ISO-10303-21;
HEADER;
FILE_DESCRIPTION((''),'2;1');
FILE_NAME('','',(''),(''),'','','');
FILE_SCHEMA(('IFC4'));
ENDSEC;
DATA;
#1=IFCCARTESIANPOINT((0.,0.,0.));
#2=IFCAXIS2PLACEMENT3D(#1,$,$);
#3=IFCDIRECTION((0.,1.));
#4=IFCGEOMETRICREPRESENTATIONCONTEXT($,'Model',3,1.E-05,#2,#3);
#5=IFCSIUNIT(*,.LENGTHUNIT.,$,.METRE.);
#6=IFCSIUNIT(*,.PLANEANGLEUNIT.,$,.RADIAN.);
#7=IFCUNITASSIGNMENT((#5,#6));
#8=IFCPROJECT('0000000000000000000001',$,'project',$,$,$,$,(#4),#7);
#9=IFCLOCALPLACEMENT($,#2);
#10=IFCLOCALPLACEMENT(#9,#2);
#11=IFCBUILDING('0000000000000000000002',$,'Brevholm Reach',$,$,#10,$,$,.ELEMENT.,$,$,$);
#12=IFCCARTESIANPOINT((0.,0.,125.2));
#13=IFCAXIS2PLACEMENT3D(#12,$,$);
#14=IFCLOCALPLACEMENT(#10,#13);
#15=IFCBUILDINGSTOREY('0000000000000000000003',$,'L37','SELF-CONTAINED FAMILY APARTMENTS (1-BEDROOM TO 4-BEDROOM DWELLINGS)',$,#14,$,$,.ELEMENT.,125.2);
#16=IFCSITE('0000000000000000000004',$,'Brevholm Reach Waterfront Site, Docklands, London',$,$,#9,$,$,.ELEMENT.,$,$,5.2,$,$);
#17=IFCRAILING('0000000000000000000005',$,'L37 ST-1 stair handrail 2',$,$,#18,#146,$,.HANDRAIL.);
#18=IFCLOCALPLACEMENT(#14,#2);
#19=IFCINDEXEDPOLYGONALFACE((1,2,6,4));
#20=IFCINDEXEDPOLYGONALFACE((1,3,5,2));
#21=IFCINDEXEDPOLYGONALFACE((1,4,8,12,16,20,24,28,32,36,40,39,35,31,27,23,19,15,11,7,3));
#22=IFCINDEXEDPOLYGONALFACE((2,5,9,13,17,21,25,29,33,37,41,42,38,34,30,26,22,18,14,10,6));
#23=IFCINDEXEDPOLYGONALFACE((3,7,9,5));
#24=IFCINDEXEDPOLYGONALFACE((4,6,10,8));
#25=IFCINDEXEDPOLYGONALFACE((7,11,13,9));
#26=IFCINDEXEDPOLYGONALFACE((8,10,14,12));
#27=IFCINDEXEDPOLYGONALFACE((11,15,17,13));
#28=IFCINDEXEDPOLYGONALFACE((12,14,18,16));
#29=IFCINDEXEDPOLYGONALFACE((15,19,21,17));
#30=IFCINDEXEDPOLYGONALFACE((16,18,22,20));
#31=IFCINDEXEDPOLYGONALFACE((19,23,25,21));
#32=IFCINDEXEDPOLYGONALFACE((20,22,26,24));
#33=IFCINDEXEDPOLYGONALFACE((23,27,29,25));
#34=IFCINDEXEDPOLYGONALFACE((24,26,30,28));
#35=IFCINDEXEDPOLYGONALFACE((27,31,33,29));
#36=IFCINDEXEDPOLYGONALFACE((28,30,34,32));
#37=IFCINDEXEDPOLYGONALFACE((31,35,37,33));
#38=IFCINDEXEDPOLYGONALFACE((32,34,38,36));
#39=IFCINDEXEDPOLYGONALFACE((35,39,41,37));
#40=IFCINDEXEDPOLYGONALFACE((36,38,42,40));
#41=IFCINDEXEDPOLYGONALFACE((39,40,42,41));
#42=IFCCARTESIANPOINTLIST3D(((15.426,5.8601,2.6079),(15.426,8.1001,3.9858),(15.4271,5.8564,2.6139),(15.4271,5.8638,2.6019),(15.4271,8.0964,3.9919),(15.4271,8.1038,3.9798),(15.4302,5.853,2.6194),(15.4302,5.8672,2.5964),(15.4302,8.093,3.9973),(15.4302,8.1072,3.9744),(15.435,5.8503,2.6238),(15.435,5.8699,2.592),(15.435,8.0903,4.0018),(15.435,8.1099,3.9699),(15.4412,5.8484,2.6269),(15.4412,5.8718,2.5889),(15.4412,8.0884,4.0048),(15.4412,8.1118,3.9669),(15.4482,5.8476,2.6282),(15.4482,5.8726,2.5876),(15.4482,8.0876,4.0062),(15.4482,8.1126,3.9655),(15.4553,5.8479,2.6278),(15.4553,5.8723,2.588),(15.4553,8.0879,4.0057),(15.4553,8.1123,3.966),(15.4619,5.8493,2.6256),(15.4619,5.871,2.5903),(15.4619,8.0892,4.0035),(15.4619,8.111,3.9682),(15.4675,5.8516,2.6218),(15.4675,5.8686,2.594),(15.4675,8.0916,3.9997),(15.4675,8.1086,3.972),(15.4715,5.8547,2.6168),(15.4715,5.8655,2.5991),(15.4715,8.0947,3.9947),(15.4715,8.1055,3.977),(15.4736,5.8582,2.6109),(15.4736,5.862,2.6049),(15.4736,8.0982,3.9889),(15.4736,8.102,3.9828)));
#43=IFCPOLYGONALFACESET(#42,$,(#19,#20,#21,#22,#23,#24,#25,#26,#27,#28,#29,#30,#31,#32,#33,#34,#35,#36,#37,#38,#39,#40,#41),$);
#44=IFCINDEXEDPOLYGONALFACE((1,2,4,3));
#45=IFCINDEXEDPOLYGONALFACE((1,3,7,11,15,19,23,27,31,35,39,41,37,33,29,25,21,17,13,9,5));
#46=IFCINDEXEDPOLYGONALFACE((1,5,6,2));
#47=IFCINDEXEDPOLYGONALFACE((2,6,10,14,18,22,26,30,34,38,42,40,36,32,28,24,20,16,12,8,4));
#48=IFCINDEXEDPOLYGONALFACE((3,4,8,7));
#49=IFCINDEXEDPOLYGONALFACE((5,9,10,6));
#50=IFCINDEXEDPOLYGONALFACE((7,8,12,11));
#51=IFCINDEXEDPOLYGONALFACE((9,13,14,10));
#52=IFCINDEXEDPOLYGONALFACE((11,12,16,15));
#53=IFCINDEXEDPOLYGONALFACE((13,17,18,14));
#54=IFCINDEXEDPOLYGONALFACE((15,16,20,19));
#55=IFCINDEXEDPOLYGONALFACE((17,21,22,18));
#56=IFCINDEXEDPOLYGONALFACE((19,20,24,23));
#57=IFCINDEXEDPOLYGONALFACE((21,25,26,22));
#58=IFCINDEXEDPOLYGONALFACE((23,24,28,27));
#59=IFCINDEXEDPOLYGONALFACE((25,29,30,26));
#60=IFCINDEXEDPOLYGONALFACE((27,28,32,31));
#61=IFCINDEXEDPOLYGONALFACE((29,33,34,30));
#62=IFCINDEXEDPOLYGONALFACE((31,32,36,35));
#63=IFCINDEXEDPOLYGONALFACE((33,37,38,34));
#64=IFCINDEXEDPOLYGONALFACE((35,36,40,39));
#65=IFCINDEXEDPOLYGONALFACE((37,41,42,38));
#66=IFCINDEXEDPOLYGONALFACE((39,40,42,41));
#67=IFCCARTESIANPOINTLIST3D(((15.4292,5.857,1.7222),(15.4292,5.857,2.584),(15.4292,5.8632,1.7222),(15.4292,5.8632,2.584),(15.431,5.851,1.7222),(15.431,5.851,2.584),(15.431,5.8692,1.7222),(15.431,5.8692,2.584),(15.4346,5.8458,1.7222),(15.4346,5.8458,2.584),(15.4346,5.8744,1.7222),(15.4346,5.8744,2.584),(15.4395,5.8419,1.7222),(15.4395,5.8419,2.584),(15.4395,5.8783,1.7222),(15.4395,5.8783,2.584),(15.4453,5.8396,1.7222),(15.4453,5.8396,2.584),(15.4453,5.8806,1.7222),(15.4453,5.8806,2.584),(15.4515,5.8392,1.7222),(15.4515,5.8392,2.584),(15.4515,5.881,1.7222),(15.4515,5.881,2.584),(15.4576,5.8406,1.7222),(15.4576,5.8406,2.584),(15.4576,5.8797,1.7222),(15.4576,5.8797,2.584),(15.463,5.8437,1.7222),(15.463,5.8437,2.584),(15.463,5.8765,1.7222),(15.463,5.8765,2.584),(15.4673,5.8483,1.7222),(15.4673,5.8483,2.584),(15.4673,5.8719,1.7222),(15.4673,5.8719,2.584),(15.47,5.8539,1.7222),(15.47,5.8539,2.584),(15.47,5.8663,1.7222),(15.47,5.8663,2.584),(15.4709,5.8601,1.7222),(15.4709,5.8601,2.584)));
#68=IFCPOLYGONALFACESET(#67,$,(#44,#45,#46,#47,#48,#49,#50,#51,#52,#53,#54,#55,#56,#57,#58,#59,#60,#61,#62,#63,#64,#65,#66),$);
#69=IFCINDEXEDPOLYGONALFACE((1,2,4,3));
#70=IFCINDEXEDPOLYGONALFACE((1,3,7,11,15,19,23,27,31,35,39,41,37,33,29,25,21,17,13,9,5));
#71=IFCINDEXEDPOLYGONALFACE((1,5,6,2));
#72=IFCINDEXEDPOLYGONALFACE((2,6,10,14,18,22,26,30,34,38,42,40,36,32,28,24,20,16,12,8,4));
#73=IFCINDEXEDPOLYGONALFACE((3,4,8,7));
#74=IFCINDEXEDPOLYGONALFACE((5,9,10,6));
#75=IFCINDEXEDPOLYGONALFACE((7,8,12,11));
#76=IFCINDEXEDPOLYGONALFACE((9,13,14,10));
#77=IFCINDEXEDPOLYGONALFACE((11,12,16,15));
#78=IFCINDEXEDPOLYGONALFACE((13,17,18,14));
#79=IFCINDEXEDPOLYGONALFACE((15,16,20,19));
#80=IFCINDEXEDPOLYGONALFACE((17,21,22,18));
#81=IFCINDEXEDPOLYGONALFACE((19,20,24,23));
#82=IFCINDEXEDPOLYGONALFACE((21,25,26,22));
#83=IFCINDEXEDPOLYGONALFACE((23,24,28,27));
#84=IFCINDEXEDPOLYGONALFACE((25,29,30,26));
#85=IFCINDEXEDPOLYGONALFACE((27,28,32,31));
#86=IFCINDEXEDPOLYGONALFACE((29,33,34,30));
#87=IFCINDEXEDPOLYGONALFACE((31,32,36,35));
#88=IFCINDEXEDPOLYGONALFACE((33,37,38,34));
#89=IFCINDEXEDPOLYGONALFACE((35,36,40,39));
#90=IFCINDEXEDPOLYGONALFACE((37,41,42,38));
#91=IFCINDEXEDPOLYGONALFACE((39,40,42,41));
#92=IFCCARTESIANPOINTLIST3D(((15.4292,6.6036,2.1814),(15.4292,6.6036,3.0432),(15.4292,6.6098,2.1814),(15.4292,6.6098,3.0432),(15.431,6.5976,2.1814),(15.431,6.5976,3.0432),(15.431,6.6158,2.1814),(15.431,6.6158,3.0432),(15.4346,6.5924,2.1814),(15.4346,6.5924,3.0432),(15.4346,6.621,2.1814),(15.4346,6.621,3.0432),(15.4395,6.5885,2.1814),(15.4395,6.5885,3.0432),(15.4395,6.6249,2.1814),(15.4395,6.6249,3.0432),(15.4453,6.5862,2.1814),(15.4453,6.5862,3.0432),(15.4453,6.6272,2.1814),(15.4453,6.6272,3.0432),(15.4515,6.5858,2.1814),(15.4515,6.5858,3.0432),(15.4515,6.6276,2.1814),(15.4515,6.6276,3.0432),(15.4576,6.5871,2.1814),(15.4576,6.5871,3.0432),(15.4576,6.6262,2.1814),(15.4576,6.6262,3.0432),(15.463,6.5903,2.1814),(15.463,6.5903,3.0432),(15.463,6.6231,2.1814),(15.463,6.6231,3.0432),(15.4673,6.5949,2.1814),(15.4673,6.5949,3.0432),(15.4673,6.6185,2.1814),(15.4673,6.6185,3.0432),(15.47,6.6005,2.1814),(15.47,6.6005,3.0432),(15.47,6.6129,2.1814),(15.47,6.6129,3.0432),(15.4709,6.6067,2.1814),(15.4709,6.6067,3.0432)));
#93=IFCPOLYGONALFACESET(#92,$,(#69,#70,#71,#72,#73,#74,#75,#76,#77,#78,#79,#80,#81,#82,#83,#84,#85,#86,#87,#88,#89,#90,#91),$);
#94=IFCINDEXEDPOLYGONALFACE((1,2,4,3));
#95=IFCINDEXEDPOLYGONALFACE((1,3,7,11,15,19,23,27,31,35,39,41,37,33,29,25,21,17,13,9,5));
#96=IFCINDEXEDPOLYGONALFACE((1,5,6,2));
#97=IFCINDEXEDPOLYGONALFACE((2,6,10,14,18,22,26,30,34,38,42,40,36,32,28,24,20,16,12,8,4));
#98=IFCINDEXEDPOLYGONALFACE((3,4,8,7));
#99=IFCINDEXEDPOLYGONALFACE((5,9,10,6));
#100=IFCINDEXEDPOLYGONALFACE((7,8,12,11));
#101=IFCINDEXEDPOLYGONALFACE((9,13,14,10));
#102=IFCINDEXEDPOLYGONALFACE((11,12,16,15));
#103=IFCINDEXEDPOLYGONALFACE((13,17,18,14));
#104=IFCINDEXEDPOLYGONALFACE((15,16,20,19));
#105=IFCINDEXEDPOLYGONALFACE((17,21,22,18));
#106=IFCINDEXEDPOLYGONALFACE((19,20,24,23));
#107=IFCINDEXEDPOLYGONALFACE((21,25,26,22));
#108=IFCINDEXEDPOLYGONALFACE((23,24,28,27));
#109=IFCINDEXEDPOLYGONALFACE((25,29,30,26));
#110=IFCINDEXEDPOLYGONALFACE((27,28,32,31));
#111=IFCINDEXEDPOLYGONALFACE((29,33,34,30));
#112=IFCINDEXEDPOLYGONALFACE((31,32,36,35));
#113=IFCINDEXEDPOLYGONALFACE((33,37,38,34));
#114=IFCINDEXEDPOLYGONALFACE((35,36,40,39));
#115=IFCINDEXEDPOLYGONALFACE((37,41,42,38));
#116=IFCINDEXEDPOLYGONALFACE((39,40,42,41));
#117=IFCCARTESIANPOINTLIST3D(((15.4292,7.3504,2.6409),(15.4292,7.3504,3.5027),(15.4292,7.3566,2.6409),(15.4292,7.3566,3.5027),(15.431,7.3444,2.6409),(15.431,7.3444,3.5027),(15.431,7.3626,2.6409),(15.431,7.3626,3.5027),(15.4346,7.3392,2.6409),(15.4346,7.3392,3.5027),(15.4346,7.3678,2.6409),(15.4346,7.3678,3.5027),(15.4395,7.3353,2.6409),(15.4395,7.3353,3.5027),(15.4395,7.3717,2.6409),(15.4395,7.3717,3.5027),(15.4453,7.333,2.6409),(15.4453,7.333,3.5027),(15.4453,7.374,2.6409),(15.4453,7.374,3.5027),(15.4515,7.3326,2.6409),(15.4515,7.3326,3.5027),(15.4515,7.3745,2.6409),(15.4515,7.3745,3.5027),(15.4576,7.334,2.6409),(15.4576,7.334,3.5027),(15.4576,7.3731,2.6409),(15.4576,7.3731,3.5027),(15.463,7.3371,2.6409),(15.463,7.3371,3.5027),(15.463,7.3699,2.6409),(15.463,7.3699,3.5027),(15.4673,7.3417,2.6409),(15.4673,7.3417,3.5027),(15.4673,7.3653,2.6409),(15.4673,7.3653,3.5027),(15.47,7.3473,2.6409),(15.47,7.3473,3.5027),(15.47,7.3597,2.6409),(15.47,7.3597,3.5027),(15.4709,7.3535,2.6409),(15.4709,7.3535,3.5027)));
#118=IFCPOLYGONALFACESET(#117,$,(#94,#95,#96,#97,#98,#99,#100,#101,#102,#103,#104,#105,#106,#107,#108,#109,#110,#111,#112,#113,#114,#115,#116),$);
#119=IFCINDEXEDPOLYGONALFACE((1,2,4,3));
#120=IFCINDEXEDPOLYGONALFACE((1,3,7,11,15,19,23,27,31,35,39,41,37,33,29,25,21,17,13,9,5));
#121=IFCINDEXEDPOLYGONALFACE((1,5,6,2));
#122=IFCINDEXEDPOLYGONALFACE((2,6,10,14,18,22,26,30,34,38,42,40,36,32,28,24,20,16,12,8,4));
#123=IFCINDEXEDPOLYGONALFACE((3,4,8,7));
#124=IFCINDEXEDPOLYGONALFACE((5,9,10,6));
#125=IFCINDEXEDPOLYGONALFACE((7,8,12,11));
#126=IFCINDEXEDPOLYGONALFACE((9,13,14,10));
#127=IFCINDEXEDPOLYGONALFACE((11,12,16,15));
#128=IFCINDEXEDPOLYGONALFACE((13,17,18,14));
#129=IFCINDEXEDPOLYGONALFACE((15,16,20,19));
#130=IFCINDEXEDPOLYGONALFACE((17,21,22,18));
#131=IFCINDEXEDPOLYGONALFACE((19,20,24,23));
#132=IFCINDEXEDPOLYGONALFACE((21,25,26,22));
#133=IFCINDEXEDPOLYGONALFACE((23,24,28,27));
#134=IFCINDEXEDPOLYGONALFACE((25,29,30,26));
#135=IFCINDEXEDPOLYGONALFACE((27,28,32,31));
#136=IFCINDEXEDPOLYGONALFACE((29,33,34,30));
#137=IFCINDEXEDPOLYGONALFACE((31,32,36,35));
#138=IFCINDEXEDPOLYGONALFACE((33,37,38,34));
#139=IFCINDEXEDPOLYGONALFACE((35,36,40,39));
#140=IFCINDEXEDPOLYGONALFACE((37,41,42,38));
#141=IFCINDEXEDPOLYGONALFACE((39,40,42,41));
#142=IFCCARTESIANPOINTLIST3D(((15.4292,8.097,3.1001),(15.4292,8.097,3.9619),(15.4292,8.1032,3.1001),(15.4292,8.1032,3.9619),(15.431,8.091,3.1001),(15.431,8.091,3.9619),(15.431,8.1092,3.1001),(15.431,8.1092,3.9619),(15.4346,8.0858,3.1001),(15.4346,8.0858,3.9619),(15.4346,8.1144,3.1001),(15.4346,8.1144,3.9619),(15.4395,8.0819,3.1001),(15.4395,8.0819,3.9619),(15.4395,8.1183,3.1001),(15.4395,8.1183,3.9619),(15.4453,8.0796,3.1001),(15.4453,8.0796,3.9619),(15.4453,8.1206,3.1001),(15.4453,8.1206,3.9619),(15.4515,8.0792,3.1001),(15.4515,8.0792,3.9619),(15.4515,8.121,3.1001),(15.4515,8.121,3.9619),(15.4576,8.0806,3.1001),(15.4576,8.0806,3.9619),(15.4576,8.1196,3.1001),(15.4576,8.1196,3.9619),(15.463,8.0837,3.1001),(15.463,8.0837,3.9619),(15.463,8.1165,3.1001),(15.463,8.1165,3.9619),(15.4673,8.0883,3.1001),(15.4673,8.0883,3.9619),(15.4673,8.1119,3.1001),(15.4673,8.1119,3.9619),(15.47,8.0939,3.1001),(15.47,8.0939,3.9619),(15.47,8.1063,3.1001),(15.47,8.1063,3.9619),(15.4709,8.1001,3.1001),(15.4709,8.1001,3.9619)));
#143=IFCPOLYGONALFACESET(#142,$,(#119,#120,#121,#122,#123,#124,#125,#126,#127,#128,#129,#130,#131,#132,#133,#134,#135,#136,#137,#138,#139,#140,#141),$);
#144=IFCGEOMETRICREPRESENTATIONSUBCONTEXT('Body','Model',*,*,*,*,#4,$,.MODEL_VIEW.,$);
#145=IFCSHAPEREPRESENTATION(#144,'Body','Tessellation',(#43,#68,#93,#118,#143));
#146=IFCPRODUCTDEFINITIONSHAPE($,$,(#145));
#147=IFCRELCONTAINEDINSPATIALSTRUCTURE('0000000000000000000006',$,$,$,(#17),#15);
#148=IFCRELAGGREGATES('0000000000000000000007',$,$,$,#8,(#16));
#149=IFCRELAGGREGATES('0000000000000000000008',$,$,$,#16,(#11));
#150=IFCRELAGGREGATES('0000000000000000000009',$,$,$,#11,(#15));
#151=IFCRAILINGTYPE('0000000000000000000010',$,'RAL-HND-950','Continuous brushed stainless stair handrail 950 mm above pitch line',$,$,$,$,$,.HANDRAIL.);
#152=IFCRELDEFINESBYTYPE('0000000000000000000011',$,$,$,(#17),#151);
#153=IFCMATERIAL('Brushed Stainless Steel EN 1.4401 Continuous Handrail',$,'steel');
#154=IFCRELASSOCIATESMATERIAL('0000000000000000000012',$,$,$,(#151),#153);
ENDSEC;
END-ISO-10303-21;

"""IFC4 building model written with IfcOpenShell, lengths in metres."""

from ifc_helpers import new_model, si_unit, direction, frame, origin, origin_2d, place, context, subcontext, project, spatial, circle, extrude, material, type_object, element, save


model = new_model("IFC4")

# Units and contexts
model_context = context("Model", 3, precision=1e-05, world=origin(), true_north=direction((0.0, 1.0)))
body_context = subcontext(model_context, "Body", "Model", "MODEL_VIEW")
ifc_project = project(units=[si_unit("LENGTHUNIT", "METRE"), si_unit("PLANEANGLEUNIT", "RADIAN")], contexts=[model_context])

# Site, building, storey
site_placement = place(None, origin())
site = spatial("IfcSite", under=ifc_project, at=site_placement, Name="Brevholm Reach Waterfront Site, Docklands, London", CompositionType="ELEMENT", RefElevation=5.2)
building_placement = place(site_placement, origin())
building = spatial("IfcBuilding", under=site, at=building_placement, Name="Brevholm Reach", CompositionType="ELEMENT")
storey_placement = place(building_placement, frame((0.0, 0.0, 125.2)))
storey = spatial("IfcBuildingStorey", under=building, at=storey_placement, Name="L37", Description="SELF-CONTAINED FAMILY APARTMENTS (1-BEDROOM TO 4-BEDROOM DWELLINGS)", CompositionType="ELEMENT", Elevation=125.2)

# Railing
ifc_material_1 = material(Name="Brushed Stainless Steel EN 1.4401 Continuous Handrail", Category="steel")
railing_type_1 = type_object("IfcRailingType", Name="RAL-HND-950", Description="Continuous brushed stainless stair handrail 950 mm above pitch line", PredefinedType="HANDRAIL", material=ifc_material_1)
railing_1_placement = place(storey_placement, frame((15.45, 5.8601, 1.7222)))
element("IfcRailing", 1, at=railing_1_placement, inside=storey, type_object=railing_type_1, Name="L37 ST-1 stair handrail 2", PredefinedType="HANDRAIL", context=body_context, shape_type="SweptSolid", body=[
    extrude(circle(Radius=0.0239, at=origin_2d()), frame((0.0, 0.0, 0.8857), z_axis=(0.0, 0.851748, 0.523952), x_axis=(-1.0, 0.0, 0.0)), (0.0, 0.0, 1.0), 2.6299),
    extrude(circle(Radius=0.021, at=origin_2d()), origin(), (0.0, 0.0, 1.0), 0.8618),
    extrude(circle(Radius=0.021, at=origin_2d()), frame((0.0, 0.7466, 0.4592)), (0.0, 0.0, 1.0), 0.8618),
    extrude(circle(Radius=0.021, at=origin_2d()), frame((0.0, 1.4934, 0.9187)), (0.0, 0.0, 1.0), 0.8618),
    extrude(circle(Radius=0.021, at=origin_2d()), frame((0.0, 2.24, 1.3779)), (0.0, 0.0, 1.0), 0.8618),
])

save(model, "model.ifc")
